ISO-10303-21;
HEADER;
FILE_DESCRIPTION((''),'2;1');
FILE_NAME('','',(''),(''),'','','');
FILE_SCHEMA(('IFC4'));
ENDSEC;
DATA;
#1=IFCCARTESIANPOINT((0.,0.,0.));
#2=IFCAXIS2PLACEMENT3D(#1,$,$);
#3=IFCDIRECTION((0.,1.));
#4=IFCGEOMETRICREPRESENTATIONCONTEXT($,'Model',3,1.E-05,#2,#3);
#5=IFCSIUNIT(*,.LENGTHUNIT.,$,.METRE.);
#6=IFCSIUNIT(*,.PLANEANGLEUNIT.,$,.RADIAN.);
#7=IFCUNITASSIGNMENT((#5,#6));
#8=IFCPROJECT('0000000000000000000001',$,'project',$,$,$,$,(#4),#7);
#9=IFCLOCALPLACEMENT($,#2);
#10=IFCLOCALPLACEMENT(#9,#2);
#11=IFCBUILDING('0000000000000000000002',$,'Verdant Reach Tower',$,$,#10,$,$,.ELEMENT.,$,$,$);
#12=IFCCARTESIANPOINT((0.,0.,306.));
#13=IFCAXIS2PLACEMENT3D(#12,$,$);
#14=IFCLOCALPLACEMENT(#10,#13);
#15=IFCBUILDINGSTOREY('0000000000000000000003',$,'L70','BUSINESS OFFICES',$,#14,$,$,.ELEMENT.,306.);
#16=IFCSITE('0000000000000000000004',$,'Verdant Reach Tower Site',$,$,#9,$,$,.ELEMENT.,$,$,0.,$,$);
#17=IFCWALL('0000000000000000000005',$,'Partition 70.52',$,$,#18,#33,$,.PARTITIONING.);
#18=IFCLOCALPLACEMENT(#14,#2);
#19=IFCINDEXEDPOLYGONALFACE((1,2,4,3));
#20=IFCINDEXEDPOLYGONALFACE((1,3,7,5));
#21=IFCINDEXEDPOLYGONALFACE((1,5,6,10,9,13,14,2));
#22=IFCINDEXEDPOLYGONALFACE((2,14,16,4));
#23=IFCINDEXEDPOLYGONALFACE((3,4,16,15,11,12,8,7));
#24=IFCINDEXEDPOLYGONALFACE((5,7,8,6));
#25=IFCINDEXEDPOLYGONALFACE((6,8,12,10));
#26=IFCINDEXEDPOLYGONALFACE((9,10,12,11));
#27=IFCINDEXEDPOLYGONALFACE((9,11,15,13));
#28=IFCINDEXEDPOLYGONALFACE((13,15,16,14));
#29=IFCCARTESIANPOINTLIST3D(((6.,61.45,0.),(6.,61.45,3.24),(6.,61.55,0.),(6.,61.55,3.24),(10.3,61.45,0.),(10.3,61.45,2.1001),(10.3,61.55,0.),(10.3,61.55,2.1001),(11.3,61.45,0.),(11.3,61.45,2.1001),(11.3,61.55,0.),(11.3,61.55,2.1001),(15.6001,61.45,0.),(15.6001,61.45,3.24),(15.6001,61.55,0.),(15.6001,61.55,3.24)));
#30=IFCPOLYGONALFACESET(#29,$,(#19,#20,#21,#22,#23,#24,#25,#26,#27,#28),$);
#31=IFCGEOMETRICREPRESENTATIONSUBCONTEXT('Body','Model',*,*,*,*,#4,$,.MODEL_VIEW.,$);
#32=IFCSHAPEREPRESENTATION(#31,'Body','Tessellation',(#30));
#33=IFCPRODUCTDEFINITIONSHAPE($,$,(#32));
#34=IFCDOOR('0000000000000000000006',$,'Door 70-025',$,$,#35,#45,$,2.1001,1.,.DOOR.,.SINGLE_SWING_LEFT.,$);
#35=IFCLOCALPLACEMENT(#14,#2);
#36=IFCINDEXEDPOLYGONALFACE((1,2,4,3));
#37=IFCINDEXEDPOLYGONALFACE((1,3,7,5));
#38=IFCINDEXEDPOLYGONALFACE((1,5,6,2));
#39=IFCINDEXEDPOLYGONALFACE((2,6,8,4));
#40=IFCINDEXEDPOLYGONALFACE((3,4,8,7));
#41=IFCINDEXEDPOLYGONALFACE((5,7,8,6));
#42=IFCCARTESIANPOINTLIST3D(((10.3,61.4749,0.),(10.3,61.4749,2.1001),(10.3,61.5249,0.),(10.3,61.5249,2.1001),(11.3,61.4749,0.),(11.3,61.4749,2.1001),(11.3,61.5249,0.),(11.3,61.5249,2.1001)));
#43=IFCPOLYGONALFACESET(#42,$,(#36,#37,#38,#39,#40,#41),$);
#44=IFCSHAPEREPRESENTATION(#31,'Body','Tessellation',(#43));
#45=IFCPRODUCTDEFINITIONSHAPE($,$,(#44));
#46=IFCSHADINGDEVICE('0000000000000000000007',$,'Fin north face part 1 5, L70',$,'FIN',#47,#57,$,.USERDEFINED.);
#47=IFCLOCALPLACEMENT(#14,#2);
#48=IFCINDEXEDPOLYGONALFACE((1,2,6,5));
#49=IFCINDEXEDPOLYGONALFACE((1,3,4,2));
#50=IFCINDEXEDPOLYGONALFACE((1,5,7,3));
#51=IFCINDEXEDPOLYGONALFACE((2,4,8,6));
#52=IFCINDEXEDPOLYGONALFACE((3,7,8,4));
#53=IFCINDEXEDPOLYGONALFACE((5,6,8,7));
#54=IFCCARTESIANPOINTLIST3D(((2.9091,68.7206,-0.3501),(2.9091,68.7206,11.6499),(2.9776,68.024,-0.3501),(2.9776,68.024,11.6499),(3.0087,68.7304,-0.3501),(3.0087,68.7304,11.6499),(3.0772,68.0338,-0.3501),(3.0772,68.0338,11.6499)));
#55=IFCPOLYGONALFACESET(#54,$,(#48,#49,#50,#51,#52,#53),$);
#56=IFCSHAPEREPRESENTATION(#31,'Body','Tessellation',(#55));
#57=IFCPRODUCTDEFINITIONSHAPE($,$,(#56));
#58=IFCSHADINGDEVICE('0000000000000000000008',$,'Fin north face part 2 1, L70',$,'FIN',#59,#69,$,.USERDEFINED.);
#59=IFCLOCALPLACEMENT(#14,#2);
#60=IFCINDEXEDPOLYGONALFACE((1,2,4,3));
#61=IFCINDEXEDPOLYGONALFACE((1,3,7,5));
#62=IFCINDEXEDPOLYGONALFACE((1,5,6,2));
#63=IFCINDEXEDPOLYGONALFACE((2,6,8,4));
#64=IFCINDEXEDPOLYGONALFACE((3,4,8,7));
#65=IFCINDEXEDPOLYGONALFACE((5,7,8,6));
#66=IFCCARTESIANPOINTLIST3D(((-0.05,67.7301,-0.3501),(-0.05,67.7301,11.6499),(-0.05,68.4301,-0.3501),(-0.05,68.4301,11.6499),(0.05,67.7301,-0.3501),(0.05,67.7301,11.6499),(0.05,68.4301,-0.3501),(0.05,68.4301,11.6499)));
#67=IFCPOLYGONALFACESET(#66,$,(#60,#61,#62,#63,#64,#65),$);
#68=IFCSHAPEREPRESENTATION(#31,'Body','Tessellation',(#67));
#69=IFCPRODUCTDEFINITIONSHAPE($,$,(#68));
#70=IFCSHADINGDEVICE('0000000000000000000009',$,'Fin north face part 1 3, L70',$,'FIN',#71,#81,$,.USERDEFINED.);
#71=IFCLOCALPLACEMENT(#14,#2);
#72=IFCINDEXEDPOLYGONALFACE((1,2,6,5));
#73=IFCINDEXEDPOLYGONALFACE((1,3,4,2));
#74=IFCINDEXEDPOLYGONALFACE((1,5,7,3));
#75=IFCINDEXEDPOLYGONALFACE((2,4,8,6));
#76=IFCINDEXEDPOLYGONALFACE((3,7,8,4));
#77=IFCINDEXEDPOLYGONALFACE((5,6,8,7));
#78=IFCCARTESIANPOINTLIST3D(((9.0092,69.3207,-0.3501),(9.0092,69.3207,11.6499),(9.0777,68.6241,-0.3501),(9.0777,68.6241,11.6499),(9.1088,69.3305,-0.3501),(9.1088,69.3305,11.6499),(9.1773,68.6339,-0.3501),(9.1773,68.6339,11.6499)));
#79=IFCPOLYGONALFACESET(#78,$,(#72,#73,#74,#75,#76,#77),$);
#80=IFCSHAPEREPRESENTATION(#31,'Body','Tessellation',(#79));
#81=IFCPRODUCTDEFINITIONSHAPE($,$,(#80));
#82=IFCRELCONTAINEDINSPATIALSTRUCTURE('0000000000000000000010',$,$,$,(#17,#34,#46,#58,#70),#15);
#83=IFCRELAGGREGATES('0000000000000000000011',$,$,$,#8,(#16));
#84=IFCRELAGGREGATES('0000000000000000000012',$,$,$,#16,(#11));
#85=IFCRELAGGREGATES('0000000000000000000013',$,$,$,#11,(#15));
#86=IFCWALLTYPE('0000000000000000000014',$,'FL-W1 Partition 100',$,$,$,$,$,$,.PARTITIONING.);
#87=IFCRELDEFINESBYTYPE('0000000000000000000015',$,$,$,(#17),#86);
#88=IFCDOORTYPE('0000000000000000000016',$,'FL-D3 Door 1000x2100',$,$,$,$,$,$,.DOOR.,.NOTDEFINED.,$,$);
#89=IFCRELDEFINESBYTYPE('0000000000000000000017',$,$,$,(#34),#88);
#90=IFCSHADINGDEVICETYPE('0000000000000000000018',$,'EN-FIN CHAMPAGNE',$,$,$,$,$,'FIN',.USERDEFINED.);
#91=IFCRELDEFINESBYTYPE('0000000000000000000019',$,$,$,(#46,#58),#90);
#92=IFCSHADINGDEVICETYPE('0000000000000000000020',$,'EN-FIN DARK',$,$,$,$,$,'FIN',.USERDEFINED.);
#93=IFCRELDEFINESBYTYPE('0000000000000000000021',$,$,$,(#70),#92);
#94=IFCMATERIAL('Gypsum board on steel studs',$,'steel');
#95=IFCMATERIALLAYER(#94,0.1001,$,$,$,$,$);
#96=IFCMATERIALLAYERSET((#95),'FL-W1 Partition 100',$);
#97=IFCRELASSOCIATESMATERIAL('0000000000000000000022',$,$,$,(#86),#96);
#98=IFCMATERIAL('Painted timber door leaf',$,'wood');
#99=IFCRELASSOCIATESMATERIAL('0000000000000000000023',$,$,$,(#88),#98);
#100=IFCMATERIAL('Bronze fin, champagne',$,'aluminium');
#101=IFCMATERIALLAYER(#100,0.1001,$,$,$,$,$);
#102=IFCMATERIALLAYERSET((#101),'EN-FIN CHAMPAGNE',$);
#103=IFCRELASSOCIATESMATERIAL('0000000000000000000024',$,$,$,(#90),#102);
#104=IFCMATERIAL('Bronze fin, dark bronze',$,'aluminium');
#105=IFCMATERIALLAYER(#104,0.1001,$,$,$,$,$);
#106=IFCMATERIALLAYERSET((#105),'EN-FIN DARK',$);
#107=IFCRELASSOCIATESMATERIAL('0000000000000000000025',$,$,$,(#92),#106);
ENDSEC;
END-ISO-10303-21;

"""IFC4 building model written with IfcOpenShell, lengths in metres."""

from ifc_helpers import new_model, si_unit, direction, frame, frame_2d, origin, origin_2d, place, context, subcontext, project, spatial, rectangle, extrude, material, layer, layer_set, type_object, element, fill, save


model = new_model("IFC4")

# Units and contexts
model_context = context("Model", 3, precision=1e-05, world=origin(), true_north=direction((0.0, 1.0)))
body_context = subcontext(model_context, "Body", "Model", "MODEL_VIEW")
ifc_project = project(units=[si_unit("LENGTHUNIT", "METRE"), si_unit("PLANEANGLEUNIT", "RADIAN")], contexts=[model_context])

# Site, building, storey
site_placement = place(None, origin())
site = spatial("IfcSite", under=ifc_project, at=site_placement, Name="Verdant Reach Tower Site", CompositionType="ELEMENT", RefElevation=0.0)
building_placement = place(site_placement, origin())
building = spatial("IfcBuilding", under=site, at=building_placement, Name="Verdant Reach Tower", CompositionType="ELEMENT")
storey_placement = place(building_placement, frame((0.0, 0.0, 306.0)))
storey = spatial("IfcBuildingStorey", under=building, at=storey_placement, Name="L70", Description="BUSINESS OFFICES", CompositionType="ELEMENT", Elevation=306.0)

# Shared definitions
ifc_material_1 = material(Name="Gypsum board on steel studs", Category="steel")
ifc_layer_1 = layer(ifc_material_1, 0.1001)
ifc_layer_set_1 = layer_set([ifc_layer_1], Name="FL-W1 Partition 100")
wall_type = type_object("IfcWallType", Name="FL-W1 Partition 100", PredefinedType="PARTITIONING", material=ifc_layer_set_1)
ifc_material_2 = material(Name="Painted timber door leaf", Category="wood")
door_type = type_object("IfcDoorType", Name="FL-D3 Door 1000x2100", OperationType="NOTDEFINED", PredefinedType="DOOR", material=ifc_material_2)

# Wall, opening, door
wall_1_placement = place(storey_placement, frame((6.0, 61.5, 0.0), z_axis=(0.0, 0.0, 1.0), x_axis=(1.0, 0.0, 0.0)))
wall_1 = element("IfcWall", 1, at=wall_1_placement, inside=storey, type_object=wall_type, Name="Partition 70.52", PredefinedType="PARTITIONING", context=body_context, shape_type="SweptSolid", body=[
    extrude(rectangle(XDim=9.6001, YDim=0.1001, at=frame_2d((4.8, 0.0))), origin(), (0.0, 0.0, 1.0), 3.24),
])
opening_1_placement = place(wall_1_placement, frame((4.3, 0.0, 0.0)))
opening_1 = element("IfcOpeningElement", 2, at=opening_1_placement, cuts=wall_1, PredefinedType="OPENING", context=body_context, shape_type="SweptSolid", body=[
    extrude(rectangle(XDim=1.0, YDim=2.1001, at=frame_2d((0.5, 1.05))), frame((0.0, 0.0601, 0.0), z_axis=(0.0, -1.0, 0.0), x_axis=(1.0, 0.0, 0.0)), (0.0, 0.0, 1.0), 0.1201),
])
door_1_placement = place(opening_1_placement, origin())
door_1 = element("IfcDoor", 3, at=door_1_placement, inside=storey, type_object=door_type, Name="Door 70-025", OperationType="SINGLE_SWING_LEFT", OverallHeight=2.1001, OverallWidth=1.0, PredefinedType="DOOR", context=body_context, shape_type="SweptSolid", body=[
    extrude(rectangle(XDim=1.0, YDim=2.1001, at=frame_2d((0.5, 1.05))), frame((0.0, 0.0249, 0.0), z_axis=(0.0, -1.0, 0.0), x_axis=(1.0, 0.0, 0.0)), (0.0, 0.0, 1.0), 0.05),
])
fill(opening_1, door_1)

# Shading devices
ifc_material_3 = material(Name="Bronze fin, champagne", Category="aluminium")
ifc_layer_2 = layer(ifc_material_3, 0.1001)
ifc_layer_set_2 = layer_set([ifc_layer_2], Name="EN-FIN CHAMPAGNE")
shading_device_type_1 = type_object("IfcShadingDeviceType", Name="EN-FIN CHAMPAGNE", ElementType="FIN", PredefinedType="USERDEFINED", material=ifc_layer_set_2)
for number, where, z_axis, x_axis, name in (
    (4, (2.9932, 68.3772, -0.3501), (0.0, 0.0, 1.0), (-0.995197, -0.097888, 0.0), "Fin north face part 1 5, L70"),
    (5, (0.0, 68.0801, -0.3501), (0.0, 0.0, 1.0), (-1.0, 0.0, 0.0), "Fin north face part 2 1, L70"),
):
    element("IfcShadingDevice", number, at=place(storey_placement, frame(where, z_axis=z_axis, x_axis=x_axis)), inside=storey, type_object=shading_device_type_1, Name=name, ObjectType="FIN", PredefinedType="USERDEFINED", context=body_context, shape_type="SweptSolid", body=[
        extrude(rectangle(XDim=0.1001, YDim=0.7, at=origin_2d()), origin(), (0.0, 0.0, 1.0), 12.0),
    ])
ifc_material_4 = material(Name="Bronze fin, dark bronze", Category="aluminium")
ifc_layer_3 = layer(ifc_material_4, 0.1001)
ifc_layer_set_3 = layer_set([ifc_layer_3], Name="EN-FIN DARK")
shading_device_type_2 = type_object("IfcShadingDeviceType", Name="EN-FIN DARK", ElementType="FIN", PredefinedType="USERDEFINED", material=ifc_layer_set_3)
shading_device_placement = place(storey_placement, frame((9.0933, 68.9773, -0.3501), z_axis=(0.0, 0.0, 1.0), x_axis=(-0.995197, -0.097888, 0.0)))
element("IfcShadingDevice", 6, at=shading_device_placement, inside=storey, type_object=shading_device_type_2, Name="Fin north face part 1 3, L70", ObjectType="FIN", PredefinedType="USERDEFINED", context=body_context, shape_type="SweptSolid", body=[
    extrude(rectangle(XDim=0.1001, YDim=0.7, at=origin_2d()), origin(), (0.0, 0.0, 1.0), 12.0),
])

save(model, "model.ifc")
